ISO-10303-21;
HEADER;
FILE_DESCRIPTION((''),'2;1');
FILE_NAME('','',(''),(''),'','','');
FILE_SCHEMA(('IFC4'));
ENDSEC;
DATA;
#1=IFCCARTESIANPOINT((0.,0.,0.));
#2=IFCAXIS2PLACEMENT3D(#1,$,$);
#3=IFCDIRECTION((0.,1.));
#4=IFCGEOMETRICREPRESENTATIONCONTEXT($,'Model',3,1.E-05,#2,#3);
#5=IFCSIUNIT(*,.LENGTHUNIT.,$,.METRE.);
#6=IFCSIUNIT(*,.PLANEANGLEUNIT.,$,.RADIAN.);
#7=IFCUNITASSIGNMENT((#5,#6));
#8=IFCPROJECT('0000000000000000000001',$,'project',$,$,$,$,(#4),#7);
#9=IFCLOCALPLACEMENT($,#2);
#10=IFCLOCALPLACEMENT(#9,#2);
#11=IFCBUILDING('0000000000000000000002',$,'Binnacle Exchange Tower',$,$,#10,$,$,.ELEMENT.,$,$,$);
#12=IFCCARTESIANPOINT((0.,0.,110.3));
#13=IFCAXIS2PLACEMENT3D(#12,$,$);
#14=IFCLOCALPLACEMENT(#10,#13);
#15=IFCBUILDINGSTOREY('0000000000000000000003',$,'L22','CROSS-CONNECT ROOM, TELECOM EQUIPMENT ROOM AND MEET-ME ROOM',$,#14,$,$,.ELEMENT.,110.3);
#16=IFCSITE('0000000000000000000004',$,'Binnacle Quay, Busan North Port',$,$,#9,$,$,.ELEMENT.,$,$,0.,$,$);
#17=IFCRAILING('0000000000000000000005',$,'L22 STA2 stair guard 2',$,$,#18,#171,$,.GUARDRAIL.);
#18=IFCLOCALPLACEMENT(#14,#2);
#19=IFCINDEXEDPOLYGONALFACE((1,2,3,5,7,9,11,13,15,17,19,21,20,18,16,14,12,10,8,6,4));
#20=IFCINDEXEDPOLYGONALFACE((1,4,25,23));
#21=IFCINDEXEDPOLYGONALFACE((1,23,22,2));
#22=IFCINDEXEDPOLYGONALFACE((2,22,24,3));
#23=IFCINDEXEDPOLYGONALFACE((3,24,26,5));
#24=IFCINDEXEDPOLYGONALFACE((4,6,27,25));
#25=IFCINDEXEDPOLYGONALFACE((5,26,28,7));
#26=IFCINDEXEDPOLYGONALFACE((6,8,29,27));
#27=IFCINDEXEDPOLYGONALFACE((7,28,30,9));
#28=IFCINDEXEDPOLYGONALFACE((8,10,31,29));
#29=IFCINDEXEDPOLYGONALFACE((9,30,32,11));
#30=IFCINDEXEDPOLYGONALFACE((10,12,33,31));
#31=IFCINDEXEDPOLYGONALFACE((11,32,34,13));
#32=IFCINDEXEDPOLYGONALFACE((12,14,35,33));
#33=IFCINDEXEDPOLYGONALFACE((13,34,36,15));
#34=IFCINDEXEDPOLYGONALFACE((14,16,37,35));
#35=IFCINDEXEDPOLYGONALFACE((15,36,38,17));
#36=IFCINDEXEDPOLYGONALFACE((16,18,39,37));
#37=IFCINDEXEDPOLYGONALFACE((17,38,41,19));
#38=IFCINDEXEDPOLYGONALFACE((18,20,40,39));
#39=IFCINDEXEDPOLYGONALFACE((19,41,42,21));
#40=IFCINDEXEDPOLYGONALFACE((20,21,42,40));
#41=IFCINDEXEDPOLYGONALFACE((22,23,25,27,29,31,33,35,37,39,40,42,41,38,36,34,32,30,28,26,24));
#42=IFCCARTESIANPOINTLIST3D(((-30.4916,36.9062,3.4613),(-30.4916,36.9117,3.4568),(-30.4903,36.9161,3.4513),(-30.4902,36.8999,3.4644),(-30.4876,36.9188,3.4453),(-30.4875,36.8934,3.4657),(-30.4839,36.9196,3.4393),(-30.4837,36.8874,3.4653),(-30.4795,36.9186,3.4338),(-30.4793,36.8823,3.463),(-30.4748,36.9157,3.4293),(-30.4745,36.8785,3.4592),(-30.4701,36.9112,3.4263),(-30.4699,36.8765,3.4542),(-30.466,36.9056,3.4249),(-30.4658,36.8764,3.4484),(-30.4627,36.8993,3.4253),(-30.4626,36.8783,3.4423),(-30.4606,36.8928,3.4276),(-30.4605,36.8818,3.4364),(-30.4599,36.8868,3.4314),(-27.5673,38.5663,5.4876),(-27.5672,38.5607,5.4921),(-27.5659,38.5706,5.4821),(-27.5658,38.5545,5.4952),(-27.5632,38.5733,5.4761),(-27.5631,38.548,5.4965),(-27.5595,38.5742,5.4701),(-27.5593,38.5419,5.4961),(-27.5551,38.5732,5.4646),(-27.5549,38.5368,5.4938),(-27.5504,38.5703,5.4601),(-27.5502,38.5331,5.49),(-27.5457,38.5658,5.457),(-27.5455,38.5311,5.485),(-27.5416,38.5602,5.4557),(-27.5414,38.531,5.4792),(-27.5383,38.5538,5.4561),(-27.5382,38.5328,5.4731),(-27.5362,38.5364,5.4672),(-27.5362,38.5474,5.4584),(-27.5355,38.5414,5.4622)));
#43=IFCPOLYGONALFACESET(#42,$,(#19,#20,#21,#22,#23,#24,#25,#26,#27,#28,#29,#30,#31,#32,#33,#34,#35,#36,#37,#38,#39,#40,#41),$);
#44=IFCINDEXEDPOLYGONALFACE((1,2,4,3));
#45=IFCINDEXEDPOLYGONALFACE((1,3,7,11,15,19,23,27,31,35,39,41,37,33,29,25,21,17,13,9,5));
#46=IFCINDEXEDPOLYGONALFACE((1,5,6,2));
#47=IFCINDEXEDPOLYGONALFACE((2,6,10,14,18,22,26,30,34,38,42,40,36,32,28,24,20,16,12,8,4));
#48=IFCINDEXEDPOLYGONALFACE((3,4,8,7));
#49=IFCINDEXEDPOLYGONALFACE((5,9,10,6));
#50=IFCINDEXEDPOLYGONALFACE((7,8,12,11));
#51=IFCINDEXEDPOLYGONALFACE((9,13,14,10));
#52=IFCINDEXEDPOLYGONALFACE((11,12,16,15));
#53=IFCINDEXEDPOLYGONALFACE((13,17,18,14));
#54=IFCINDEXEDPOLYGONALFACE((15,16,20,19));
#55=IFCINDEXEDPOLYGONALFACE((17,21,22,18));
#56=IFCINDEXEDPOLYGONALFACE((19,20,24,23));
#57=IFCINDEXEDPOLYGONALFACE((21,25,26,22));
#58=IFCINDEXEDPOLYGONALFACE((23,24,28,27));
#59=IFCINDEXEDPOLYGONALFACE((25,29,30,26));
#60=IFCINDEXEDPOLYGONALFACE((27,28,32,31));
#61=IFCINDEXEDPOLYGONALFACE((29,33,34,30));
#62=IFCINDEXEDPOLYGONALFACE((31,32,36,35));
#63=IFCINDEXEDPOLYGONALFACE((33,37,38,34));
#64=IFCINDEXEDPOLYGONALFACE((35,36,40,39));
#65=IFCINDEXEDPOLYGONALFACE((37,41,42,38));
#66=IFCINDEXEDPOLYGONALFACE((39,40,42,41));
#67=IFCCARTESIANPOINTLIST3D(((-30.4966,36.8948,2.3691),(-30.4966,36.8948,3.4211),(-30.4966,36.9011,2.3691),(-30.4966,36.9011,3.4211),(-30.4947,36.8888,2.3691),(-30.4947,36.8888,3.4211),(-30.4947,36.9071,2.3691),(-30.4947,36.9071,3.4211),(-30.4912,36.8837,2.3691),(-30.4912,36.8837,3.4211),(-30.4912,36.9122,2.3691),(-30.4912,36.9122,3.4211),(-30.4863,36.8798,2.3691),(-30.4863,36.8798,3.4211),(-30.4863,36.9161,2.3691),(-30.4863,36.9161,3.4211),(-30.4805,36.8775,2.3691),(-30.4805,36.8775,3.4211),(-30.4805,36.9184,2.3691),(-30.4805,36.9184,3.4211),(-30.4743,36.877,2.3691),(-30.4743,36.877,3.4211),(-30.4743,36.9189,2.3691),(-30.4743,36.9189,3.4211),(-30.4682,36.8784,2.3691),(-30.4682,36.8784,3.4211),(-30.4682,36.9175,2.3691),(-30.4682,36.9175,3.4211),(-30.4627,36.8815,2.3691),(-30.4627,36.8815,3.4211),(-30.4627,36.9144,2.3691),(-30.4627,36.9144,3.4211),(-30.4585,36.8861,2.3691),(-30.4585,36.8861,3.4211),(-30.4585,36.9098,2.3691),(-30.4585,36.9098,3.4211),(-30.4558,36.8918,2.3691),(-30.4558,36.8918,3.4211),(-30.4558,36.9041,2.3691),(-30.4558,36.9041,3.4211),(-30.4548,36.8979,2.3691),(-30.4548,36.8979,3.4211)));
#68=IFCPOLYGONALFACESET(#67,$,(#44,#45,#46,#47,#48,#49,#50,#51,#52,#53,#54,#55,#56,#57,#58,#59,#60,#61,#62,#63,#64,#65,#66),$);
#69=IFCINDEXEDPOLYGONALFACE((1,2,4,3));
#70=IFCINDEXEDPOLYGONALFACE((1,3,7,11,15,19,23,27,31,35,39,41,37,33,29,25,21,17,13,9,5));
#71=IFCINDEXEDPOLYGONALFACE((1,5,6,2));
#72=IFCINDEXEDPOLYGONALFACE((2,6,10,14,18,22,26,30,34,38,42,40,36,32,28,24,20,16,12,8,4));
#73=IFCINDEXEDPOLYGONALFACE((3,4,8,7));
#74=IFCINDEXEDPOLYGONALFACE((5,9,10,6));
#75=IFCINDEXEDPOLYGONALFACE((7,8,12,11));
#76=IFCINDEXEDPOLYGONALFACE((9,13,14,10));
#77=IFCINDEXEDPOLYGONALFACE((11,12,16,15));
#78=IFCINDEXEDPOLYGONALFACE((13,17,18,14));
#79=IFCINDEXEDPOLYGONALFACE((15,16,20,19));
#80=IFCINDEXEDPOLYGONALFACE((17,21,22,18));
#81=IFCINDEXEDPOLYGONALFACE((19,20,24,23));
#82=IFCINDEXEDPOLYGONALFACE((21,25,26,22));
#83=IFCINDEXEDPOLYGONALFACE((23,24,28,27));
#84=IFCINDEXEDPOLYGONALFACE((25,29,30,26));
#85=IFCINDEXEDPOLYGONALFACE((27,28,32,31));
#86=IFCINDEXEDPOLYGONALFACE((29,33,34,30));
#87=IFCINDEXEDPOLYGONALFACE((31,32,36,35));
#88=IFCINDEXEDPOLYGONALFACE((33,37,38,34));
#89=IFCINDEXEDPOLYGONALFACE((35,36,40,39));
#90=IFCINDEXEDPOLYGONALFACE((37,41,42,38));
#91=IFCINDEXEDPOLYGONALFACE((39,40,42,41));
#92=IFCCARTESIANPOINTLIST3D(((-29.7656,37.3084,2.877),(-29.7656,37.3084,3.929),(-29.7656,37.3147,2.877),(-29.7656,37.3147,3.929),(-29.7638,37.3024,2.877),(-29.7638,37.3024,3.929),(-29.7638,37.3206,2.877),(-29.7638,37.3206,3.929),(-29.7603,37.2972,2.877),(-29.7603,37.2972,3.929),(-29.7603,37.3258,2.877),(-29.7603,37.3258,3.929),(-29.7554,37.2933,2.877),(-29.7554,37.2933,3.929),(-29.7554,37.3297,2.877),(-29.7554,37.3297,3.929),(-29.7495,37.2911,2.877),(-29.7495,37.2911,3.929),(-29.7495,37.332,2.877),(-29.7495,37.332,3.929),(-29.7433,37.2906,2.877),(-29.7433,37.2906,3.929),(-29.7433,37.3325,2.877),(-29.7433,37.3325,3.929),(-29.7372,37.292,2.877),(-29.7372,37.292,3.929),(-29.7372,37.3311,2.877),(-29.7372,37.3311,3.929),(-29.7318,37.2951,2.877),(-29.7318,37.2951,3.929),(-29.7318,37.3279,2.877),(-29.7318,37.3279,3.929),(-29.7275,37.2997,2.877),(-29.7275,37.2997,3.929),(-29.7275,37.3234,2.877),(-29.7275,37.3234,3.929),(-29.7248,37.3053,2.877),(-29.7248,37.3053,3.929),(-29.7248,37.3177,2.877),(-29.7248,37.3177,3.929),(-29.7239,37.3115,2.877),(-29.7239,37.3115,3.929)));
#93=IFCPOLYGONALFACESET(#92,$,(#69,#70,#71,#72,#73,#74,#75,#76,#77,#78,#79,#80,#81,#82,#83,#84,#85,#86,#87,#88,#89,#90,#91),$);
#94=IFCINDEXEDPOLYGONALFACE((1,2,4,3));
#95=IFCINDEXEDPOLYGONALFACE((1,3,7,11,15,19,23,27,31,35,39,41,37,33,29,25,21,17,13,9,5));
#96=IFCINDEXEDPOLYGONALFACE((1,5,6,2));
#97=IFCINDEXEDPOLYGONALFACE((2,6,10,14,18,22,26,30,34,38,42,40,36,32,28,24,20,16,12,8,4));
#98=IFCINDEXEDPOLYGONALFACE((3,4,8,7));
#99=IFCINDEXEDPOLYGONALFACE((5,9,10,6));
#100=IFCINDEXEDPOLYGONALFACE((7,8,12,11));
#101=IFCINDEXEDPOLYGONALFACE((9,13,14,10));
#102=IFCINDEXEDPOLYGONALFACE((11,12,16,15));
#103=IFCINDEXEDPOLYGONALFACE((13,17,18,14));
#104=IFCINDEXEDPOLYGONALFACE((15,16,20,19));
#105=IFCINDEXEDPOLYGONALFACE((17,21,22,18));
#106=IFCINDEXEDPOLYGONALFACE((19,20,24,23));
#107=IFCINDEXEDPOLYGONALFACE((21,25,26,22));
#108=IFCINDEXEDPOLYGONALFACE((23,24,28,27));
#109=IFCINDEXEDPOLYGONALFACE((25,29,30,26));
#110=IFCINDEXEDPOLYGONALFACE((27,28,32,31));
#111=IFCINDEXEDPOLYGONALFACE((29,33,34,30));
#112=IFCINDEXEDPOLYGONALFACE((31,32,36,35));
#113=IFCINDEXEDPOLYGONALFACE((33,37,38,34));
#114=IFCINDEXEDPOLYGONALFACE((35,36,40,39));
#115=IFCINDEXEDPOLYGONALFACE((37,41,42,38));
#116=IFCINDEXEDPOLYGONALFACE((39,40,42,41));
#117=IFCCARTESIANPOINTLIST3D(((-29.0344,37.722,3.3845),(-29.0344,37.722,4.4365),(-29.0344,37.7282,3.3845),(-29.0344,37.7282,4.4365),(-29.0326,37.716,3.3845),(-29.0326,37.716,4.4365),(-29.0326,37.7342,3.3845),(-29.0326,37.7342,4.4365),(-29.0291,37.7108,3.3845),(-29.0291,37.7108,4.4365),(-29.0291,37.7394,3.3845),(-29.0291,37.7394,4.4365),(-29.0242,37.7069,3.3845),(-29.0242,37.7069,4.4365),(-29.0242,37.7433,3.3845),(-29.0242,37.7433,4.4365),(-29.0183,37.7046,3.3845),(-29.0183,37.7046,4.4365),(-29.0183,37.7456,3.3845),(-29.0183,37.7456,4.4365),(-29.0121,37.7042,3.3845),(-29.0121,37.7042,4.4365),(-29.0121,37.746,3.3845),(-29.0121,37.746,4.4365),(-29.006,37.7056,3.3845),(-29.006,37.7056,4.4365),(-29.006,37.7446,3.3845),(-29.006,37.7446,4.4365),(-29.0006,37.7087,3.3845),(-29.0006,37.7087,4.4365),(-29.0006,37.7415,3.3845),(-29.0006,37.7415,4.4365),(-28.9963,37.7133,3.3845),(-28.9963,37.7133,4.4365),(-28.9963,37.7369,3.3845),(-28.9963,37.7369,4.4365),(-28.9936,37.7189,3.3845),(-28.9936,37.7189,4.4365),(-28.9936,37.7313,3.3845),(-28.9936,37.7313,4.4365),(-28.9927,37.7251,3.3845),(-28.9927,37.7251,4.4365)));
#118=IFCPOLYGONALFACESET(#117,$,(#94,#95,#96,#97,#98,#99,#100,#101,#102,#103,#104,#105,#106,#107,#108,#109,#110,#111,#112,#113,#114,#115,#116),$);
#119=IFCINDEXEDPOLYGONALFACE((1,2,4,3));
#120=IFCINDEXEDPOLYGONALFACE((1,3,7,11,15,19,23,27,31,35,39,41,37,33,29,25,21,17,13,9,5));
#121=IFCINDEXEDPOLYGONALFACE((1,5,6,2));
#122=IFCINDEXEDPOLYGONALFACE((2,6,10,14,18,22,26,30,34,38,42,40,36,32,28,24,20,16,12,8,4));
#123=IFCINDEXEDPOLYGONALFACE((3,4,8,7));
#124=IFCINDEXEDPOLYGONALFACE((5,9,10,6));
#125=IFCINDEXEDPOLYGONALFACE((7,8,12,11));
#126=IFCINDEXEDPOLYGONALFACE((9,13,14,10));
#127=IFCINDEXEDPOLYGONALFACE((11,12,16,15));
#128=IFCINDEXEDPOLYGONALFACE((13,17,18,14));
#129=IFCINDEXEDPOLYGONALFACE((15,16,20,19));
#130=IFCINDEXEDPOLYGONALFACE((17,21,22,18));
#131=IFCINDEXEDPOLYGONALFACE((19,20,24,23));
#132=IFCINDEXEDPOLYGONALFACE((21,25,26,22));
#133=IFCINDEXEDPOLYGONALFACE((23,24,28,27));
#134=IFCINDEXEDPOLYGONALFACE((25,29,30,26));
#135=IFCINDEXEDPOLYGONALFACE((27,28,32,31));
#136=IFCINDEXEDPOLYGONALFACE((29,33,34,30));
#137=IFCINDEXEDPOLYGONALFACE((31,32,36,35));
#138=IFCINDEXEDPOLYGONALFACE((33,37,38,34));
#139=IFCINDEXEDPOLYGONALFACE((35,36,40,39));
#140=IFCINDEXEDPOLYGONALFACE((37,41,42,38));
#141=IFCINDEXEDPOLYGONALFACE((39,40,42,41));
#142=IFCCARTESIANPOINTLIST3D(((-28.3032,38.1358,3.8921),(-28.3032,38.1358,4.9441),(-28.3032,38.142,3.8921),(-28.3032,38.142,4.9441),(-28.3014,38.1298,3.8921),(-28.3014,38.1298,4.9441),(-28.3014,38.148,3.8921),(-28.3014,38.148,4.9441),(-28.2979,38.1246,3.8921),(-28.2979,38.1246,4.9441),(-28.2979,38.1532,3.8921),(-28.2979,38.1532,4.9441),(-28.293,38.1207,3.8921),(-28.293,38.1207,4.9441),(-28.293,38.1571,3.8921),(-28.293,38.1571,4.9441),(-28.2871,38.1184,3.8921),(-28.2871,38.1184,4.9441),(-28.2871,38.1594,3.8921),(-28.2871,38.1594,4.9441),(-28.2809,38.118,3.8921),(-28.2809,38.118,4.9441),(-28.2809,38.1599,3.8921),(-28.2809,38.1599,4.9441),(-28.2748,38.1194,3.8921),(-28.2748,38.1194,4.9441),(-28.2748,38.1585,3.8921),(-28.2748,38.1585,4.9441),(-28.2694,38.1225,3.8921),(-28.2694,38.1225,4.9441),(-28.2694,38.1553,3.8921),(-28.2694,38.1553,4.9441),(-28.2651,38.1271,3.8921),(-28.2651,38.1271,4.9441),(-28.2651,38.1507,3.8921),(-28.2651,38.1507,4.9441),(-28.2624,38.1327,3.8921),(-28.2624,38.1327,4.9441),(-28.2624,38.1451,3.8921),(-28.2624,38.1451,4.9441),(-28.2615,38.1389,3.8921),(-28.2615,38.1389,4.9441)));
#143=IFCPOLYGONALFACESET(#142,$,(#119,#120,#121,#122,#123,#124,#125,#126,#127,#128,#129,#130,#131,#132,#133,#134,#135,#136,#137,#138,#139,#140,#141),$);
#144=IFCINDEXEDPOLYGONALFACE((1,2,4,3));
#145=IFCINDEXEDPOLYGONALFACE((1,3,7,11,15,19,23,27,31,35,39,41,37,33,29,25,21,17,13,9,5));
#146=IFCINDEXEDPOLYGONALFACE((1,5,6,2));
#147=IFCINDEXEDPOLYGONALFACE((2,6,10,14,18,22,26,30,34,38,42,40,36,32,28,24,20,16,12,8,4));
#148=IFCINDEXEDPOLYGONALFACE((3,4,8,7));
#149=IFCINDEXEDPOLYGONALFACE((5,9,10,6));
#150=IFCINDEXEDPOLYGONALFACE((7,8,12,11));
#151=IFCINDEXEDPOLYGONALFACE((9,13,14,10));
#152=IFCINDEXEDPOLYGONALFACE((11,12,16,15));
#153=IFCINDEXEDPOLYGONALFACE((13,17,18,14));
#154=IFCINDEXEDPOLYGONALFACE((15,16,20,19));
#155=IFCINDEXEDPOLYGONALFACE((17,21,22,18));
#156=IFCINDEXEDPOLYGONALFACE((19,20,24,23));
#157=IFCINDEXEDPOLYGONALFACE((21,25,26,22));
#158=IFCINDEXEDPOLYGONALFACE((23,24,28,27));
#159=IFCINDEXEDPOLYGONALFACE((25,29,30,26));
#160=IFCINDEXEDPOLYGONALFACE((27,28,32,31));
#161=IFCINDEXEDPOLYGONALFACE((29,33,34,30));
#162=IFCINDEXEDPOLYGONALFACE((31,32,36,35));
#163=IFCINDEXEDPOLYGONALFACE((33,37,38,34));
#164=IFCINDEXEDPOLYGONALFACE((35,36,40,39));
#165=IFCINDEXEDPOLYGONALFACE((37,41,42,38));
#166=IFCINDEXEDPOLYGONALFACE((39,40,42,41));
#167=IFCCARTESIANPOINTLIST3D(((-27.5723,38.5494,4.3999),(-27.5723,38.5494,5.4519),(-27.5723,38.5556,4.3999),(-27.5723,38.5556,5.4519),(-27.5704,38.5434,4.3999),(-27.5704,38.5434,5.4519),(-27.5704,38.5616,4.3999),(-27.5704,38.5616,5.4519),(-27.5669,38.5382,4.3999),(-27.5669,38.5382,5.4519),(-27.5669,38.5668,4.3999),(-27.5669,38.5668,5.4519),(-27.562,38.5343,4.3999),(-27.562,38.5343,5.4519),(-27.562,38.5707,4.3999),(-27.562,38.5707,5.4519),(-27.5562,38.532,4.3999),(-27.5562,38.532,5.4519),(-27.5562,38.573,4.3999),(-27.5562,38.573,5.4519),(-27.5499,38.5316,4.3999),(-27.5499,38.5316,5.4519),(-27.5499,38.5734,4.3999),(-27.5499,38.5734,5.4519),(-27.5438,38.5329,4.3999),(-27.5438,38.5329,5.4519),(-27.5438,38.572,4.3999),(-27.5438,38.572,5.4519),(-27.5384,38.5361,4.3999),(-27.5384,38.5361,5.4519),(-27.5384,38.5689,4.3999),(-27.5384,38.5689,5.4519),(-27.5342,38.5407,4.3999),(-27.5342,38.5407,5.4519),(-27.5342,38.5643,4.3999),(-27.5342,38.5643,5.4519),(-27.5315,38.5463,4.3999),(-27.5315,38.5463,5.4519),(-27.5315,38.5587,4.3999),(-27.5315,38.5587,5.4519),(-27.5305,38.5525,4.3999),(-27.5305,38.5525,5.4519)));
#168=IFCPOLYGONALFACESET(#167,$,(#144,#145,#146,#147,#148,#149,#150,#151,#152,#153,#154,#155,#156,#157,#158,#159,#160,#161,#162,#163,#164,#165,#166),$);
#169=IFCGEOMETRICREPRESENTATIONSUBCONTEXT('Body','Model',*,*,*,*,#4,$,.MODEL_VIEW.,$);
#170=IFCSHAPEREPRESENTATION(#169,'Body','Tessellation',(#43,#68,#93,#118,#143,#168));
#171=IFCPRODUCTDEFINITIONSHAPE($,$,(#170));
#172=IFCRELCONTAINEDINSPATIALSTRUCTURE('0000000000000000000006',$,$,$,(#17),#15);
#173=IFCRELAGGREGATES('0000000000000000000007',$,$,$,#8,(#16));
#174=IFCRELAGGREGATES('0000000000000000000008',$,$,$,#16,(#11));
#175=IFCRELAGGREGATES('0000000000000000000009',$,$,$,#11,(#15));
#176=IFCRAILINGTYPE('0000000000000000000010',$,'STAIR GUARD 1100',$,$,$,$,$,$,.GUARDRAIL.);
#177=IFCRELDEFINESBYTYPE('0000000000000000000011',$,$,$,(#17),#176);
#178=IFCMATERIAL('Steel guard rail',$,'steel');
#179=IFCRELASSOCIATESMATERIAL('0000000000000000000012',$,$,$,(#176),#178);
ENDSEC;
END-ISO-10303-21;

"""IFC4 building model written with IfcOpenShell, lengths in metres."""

from ifc_helpers import new_model, si_unit, direction, frame, origin, origin_2d, place, context, subcontext, project, spatial, circle, extrude, material, type_object, element, save


model = new_model("IFC4")

# Units and contexts
model_context = context("Model", 3, precision=1e-05, world=origin(), true_north=direction((0.0, 1.0)))
body_context = subcontext(model_context, "Body", "Model", "MODEL_VIEW")
ifc_project = project(units=[si_unit("LENGTHUNIT", "METRE"), si_unit("PLANEANGLEUNIT", "RADIAN")], contexts=[model_context])

# Site, building, storey
site_placement = place(None, origin())
site = spatial("IfcSite", under=ifc_project, at=site_placement, Name="Binnacle Quay, Busan North Port", CompositionType="ELEMENT", RefElevation=0.0)
building_placement = place(site_placement, origin())
building = spatial("IfcBuilding", under=site, at=building_placement, Name="Binnacle Exchange Tower", CompositionType="ELEMENT")
storey_placement = place(building_placement, frame((0.0, 0.0, 110.3)))
storey = spatial("IfcBuildingStorey", under=building, at=storey_placement, Name="L22", Description="CROSS-CONNECT ROOM, TELECOM EQUIPMENT ROOM AND MEET-ME ROOM", CompositionType="ELEMENT", Elevation=110.3)

# Railing
ifc_material_1 = material(Name="Steel guard rail", Category="steel")
railing_type = type_object("IfcRailingType", Name="STAIR GUARD 1100", PredefinedType="GUARDRAIL", material=ifc_material_1)
railing_placement = place(storey_placement, frame((-30.4758, 36.8979, 2.3691)))
element("IfcRailing", 1, at=railing_placement, inside=storey, type_object=railing_type, Name="L22 STA2 stair guard 2", PredefinedType="GUARDRAIL", context=body_context, shape_type="SweptSolid", body=[
    extrude(circle(Radius=0.0239, at=origin_2d()), frame((0.0, 0.0, 1.0762), z_axis=(0.744867, 0.421437, 0.517266), x_axis=(-0.492433, 0.87035, 0.0)), (0.0, 0.0, 1.0), 3.926),
    extrude(circle(Radius=0.021, at=origin_2d()), origin(), (0.0, 0.0, 1.0), 1.052),
    extrude(circle(Radius=0.021, at=origin_2d()), frame((0.731, 0.4136, 0.5078)), (0.0, 0.0, 1.0), 1.052),
    extrude(circle(Radius=0.021, at=origin_2d()), frame((1.4622, 0.8271, 1.0154)), (0.0, 0.0, 1.0), 1.052),
    extrude(circle(Radius=0.021, at=origin_2d()), frame((2.1934, 1.241, 1.5229)), (0.0, 0.0, 1.0), 1.052),
    extrude(circle(Radius=0.021, at=origin_2d()), frame((2.9243, 1.6545, 2.0308)), (0.0, 0.0, 1.0), 1.052),
])

save(model, "model.ifc")
